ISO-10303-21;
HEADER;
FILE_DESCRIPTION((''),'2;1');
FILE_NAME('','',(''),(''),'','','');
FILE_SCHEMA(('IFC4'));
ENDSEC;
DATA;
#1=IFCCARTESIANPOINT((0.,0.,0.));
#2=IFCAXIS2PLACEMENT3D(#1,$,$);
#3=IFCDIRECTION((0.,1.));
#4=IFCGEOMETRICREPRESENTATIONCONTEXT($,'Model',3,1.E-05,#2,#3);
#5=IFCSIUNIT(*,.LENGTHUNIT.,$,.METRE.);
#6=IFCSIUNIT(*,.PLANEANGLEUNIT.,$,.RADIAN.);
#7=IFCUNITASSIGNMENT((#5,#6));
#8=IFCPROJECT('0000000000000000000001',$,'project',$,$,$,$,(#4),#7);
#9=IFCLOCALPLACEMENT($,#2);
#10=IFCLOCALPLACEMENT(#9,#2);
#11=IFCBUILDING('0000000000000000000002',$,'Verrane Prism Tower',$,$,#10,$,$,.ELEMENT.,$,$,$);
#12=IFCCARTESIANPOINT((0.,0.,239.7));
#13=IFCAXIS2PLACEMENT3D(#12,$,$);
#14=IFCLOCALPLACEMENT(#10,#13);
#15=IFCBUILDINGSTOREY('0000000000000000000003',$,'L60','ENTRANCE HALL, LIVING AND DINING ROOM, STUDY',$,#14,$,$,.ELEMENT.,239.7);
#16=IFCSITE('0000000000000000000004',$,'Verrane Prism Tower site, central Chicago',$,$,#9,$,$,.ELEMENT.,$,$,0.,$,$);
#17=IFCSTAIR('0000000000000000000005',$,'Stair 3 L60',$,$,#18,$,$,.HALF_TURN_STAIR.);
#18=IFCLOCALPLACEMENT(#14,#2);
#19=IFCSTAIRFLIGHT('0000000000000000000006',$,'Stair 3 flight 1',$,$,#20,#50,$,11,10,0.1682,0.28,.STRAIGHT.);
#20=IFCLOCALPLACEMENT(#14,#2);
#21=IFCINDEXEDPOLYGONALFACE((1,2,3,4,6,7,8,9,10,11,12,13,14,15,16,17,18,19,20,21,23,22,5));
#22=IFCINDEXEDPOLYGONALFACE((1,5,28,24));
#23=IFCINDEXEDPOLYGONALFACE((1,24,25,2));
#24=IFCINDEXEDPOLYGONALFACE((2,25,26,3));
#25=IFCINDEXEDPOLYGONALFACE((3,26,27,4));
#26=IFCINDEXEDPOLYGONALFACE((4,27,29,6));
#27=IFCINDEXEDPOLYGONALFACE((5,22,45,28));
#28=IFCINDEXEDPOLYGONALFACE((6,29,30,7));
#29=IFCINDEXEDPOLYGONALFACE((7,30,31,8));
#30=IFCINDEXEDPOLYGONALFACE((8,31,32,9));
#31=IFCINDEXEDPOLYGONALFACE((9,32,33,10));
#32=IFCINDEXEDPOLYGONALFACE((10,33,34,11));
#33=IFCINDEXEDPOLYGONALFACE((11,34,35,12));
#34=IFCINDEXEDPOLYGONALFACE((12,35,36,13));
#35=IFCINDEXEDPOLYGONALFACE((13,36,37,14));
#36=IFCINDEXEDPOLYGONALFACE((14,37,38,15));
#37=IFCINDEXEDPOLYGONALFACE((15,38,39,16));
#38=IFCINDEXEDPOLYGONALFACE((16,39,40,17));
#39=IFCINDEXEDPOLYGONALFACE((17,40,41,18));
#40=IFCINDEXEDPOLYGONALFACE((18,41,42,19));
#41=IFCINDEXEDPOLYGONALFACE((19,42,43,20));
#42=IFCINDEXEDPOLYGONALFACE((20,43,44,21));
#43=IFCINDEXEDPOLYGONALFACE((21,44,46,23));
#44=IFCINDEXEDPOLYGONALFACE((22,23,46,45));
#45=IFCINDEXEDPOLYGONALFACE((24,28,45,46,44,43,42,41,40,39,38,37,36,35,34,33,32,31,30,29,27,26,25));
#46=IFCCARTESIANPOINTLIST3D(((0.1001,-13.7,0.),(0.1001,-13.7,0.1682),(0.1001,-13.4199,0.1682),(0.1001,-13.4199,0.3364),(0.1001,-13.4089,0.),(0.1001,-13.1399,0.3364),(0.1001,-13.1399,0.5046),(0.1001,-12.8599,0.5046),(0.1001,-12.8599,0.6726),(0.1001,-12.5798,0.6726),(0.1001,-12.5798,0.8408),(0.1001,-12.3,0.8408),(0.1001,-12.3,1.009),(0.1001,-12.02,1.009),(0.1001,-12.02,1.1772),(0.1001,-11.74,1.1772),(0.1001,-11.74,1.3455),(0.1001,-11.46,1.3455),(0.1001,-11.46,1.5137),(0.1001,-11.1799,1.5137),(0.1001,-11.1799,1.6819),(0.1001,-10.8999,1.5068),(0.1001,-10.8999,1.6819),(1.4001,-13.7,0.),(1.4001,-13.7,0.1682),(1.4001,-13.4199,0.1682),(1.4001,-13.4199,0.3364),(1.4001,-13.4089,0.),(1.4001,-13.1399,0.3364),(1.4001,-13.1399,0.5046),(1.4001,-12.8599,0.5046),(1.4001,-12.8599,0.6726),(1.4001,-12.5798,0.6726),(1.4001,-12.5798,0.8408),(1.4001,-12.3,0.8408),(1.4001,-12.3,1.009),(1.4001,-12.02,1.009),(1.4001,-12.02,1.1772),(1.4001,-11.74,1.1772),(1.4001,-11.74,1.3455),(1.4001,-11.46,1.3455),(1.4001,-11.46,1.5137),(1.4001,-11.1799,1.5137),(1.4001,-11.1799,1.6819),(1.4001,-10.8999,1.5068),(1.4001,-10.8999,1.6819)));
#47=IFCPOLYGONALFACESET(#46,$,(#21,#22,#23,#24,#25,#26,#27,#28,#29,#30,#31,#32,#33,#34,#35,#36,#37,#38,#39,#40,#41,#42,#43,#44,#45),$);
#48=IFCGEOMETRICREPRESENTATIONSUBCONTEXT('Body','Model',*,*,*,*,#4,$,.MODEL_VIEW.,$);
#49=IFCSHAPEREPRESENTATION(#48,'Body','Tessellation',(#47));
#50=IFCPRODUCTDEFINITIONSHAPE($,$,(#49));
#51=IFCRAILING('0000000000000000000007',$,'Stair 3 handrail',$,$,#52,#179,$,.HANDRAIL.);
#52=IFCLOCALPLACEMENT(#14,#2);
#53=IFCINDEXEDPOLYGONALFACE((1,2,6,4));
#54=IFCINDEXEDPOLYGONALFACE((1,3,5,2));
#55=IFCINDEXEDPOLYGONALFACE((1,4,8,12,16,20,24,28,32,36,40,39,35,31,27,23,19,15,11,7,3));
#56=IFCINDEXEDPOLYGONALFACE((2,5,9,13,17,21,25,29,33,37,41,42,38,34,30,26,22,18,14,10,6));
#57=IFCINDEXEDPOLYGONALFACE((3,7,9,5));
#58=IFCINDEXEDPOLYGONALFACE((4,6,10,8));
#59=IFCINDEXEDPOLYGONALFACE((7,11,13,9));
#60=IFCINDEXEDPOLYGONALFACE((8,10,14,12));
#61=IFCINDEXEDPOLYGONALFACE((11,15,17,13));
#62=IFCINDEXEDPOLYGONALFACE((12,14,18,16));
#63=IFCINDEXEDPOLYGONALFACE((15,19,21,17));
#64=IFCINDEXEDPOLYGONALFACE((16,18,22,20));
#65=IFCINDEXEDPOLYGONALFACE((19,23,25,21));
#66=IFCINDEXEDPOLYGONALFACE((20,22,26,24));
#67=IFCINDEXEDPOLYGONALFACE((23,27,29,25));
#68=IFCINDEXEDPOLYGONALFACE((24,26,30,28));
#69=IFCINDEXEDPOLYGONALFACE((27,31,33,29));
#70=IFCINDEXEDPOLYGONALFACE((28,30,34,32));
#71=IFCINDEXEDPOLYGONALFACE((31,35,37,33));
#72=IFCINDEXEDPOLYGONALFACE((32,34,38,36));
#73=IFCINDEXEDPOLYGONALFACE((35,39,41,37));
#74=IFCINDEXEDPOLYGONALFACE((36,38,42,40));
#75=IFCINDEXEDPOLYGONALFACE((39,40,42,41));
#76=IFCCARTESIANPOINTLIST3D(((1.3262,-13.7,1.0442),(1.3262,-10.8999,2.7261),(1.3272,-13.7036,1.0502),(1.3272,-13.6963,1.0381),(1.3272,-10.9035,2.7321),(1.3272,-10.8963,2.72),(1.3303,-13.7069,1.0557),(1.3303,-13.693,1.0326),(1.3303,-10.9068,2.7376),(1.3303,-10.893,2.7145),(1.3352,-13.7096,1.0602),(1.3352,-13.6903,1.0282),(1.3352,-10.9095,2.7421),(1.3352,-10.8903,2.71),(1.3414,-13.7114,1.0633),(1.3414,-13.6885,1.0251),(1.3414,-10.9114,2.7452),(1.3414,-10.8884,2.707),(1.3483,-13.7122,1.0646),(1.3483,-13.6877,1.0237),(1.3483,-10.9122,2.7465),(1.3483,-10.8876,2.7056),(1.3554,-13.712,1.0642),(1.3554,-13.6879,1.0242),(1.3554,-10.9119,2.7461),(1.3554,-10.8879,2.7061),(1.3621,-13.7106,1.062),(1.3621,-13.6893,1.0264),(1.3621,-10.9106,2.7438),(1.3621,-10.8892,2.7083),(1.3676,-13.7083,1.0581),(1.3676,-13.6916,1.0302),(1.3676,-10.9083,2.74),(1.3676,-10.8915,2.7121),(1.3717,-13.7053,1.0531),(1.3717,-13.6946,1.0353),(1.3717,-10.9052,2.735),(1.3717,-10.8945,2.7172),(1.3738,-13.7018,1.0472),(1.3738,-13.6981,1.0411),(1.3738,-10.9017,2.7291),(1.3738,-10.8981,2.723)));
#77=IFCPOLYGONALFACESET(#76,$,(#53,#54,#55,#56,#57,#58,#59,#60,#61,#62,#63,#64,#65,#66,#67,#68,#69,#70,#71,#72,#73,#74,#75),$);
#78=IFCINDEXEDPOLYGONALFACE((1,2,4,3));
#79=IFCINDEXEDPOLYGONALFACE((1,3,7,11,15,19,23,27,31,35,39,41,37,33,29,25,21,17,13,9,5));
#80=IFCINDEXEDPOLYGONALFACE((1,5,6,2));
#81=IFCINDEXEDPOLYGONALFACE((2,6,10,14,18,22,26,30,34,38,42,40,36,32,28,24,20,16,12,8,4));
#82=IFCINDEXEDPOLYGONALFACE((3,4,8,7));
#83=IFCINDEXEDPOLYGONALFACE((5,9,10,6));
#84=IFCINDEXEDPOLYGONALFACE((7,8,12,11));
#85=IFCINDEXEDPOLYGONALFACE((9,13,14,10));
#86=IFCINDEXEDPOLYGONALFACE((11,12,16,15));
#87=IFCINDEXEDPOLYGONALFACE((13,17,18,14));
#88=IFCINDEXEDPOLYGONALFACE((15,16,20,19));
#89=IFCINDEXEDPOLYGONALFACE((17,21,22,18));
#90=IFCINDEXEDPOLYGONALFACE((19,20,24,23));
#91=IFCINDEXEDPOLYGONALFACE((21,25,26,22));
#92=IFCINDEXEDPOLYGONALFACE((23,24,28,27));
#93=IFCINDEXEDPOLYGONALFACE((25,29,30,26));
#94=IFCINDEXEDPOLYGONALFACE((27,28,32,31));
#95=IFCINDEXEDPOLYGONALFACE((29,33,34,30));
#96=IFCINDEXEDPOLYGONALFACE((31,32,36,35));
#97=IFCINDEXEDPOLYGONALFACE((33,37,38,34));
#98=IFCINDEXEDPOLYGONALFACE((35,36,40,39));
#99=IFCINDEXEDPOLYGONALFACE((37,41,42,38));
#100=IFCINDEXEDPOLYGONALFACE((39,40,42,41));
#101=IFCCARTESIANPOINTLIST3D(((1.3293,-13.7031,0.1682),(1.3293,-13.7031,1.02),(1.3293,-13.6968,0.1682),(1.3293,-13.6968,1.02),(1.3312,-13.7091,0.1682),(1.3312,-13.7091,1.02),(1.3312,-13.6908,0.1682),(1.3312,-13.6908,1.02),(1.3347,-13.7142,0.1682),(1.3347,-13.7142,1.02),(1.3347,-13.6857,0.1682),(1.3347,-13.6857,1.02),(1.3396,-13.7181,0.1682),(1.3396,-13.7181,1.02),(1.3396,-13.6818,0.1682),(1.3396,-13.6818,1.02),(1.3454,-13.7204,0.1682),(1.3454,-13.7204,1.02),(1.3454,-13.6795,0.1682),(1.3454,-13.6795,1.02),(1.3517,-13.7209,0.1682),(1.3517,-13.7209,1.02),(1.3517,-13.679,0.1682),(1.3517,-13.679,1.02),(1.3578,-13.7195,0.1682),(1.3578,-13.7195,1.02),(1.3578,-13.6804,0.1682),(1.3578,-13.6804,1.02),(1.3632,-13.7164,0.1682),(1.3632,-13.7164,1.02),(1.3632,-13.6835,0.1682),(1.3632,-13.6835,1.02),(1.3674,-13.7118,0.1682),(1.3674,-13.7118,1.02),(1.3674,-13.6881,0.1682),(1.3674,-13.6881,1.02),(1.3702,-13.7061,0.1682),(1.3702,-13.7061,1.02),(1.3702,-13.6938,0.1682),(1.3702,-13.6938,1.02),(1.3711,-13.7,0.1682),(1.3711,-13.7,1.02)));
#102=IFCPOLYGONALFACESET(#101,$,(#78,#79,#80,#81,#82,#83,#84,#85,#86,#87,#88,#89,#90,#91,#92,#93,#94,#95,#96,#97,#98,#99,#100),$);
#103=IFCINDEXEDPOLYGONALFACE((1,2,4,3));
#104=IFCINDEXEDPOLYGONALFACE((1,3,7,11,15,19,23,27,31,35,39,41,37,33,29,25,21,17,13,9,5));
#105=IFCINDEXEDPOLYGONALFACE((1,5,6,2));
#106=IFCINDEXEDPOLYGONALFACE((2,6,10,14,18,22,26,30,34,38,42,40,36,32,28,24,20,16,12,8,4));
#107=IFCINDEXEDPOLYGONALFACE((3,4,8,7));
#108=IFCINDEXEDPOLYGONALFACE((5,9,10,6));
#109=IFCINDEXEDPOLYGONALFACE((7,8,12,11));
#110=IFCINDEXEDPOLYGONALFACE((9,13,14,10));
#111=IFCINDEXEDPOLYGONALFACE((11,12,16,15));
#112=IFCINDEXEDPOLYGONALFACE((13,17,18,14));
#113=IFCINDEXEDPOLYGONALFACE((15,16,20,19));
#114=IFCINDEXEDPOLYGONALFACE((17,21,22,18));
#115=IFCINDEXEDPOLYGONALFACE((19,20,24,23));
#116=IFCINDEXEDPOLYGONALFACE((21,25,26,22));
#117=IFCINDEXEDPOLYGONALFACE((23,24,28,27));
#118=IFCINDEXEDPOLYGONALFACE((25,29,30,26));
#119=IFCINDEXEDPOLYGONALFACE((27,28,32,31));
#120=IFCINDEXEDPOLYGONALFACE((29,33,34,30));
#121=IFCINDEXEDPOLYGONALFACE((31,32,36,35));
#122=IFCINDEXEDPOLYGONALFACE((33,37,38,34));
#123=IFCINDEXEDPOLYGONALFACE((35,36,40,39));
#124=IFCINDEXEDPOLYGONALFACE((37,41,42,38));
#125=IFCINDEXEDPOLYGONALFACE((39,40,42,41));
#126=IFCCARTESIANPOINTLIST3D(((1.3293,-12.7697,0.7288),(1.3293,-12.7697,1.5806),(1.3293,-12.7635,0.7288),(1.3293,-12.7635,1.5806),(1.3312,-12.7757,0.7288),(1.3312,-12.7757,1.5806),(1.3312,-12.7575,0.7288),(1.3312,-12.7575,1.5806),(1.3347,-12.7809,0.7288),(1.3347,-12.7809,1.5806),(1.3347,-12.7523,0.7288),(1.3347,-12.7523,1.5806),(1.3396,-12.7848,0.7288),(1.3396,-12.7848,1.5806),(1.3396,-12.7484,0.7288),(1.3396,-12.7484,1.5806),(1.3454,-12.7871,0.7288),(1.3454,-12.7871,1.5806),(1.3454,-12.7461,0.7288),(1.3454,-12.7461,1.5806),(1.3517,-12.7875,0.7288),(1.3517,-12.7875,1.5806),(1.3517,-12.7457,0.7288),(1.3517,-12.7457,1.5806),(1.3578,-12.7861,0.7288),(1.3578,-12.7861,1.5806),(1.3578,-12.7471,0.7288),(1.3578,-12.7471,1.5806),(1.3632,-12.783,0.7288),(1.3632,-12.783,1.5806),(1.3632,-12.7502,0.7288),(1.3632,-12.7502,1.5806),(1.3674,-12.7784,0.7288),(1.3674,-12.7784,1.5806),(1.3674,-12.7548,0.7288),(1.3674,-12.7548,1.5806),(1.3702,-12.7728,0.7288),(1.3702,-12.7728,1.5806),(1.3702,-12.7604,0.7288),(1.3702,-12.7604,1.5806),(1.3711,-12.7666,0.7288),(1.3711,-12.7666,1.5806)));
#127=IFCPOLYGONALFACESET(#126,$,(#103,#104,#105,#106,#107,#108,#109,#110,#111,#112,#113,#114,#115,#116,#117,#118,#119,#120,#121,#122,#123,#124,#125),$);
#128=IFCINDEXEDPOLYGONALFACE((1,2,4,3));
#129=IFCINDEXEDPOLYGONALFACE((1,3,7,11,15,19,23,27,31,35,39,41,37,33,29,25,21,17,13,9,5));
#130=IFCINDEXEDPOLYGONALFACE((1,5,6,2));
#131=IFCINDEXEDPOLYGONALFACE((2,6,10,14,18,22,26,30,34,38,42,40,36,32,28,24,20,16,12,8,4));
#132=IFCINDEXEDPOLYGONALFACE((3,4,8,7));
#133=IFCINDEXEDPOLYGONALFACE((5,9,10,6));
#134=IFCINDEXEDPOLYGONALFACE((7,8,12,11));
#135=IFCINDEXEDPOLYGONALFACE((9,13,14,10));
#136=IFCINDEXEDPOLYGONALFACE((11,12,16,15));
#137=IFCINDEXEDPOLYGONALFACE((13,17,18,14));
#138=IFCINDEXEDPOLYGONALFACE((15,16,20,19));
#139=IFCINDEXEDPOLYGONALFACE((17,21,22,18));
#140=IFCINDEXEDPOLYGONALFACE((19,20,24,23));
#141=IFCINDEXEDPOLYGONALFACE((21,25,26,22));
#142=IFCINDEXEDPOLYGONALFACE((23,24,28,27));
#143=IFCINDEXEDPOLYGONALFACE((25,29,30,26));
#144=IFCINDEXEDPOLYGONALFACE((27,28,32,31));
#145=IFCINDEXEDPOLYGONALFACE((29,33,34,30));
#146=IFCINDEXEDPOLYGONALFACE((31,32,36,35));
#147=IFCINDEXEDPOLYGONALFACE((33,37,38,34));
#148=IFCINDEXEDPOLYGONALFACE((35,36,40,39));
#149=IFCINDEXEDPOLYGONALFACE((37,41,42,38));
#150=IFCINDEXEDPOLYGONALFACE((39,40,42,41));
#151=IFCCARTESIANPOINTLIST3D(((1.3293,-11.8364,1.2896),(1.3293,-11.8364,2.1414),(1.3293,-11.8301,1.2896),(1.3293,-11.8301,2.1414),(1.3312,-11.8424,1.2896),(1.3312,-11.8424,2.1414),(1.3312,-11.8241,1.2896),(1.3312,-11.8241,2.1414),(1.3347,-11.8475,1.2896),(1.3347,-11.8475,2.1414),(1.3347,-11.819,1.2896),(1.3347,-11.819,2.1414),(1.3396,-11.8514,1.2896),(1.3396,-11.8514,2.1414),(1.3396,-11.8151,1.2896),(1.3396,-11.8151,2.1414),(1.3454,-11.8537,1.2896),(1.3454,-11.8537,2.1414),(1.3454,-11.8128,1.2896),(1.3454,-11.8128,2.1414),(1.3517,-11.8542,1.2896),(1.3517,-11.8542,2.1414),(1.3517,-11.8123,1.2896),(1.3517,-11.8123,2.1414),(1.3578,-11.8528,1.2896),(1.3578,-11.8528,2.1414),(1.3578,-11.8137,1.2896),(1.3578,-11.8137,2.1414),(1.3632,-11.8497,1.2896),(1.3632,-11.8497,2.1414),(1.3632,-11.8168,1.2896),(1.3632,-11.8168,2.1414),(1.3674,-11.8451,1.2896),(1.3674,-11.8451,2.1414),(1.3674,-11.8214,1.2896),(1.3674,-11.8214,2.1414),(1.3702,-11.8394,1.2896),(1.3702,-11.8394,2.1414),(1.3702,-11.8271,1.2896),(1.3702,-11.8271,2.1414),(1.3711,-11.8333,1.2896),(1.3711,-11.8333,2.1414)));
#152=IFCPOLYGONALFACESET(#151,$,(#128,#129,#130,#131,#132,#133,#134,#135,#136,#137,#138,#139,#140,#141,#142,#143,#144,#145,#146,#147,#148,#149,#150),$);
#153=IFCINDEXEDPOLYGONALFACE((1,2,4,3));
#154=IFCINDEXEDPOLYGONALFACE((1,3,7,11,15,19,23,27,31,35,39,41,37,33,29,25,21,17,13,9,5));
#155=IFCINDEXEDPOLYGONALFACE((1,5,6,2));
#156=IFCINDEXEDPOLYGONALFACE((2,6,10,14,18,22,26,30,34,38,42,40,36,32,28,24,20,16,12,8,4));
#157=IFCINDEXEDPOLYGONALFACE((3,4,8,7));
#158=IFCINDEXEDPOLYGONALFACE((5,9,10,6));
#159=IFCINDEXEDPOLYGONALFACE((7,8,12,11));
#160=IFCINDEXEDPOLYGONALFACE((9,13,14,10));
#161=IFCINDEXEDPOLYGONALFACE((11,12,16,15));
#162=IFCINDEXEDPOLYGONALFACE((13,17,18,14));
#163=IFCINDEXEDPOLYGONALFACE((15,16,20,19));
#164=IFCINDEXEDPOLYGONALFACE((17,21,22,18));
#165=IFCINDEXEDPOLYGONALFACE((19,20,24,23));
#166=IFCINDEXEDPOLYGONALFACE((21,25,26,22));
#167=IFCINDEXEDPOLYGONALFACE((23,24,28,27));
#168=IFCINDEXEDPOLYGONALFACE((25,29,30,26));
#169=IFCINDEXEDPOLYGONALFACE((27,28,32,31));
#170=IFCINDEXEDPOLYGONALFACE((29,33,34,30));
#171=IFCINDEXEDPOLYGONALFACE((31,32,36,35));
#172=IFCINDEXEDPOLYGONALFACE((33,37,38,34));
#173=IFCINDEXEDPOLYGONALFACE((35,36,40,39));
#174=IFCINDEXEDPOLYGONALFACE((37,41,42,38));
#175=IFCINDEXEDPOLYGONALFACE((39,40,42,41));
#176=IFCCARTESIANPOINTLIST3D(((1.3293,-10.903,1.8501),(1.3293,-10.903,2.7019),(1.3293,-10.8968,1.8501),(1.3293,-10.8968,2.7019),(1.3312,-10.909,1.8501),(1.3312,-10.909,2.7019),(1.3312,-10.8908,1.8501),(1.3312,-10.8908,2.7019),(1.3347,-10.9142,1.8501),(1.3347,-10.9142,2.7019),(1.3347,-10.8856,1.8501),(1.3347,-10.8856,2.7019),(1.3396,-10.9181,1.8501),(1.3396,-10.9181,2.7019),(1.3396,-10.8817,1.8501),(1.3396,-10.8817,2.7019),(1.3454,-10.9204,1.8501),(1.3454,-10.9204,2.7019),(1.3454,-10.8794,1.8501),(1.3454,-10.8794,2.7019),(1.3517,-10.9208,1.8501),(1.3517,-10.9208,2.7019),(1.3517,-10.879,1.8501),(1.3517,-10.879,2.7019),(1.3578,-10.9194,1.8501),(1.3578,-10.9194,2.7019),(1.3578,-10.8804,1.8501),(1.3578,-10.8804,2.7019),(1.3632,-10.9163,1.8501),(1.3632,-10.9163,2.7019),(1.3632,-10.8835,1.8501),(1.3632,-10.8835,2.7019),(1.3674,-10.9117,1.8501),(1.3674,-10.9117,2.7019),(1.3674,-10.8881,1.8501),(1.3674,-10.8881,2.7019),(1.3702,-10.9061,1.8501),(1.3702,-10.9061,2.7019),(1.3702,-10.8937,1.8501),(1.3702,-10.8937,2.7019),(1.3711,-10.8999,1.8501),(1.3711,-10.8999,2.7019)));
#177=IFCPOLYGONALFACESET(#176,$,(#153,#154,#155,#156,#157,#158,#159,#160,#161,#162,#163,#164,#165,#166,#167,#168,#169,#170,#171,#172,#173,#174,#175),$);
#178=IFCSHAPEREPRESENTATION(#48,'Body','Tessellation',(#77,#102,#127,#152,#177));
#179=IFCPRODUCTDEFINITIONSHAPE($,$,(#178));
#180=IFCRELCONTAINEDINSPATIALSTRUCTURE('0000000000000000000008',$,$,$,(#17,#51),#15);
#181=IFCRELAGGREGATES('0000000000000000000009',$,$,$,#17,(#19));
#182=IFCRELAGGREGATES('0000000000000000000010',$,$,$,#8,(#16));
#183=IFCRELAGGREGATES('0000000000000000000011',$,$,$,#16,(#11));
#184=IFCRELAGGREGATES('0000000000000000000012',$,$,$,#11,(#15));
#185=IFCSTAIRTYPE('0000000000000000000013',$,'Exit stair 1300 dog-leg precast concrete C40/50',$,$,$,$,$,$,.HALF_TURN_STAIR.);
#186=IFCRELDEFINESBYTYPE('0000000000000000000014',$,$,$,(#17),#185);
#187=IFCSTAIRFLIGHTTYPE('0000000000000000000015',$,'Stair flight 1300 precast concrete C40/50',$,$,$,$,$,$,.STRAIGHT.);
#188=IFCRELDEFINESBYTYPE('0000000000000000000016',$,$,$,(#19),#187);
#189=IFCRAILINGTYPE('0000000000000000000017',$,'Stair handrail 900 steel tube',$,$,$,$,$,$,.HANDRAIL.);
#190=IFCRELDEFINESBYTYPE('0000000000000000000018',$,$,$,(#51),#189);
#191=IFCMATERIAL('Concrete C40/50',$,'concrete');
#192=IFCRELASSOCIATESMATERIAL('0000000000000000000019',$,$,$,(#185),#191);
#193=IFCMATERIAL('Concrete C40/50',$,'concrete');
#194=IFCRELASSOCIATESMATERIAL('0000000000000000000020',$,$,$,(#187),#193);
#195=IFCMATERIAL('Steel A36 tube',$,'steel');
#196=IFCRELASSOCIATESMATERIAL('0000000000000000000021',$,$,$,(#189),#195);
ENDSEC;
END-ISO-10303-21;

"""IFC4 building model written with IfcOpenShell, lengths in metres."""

from ifc_helpers import new_model, si_unit, direction, frame, origin, origin_2d, place, context, subcontext, project, spatial, polyline, circle, outline, extrude, material, type_object, element, aggregate, save


model = new_model("IFC4")

# Units and contexts
model_context = context("Model", 3, precision=1e-05, world=origin(), true_north=direction((0.0, 1.0)))
body_context = subcontext(model_context, "Body", "Model", "MODEL_VIEW")
ifc_project = project(units=[si_unit("LENGTHUNIT", "METRE"), si_unit("PLANEANGLEUNIT", "RADIAN")], contexts=[model_context])

# Site, building, storey
site_placement = place(None, origin())
site = spatial("IfcSite", under=ifc_project, at=site_placement, Name="Verrane Prism Tower site, central Chicago", CompositionType="ELEMENT", RefElevation=0.0)
building_placement = place(site_placement, origin())
building = spatial("IfcBuilding", under=site, at=building_placement, Name="Verrane Prism Tower", CompositionType="ELEMENT")
storey_placement = place(building_placement, frame((0.0, 0.0, 239.7)))
storey = spatial("IfcBuildingStorey", under=building, at=storey_placement, Name="L60", Description="ENTRANCE HALL, LIVING AND DINING ROOM, STUDY", CompositionType="ELEMENT", Elevation=239.7)

# Stair, stair flight
ifc_material_1 = material(Name="Concrete C40/50", Category="concrete")
stair_type = type_object("IfcStairType", Name="Exit stair 1300 dog-leg precast concrete C40/50", PredefinedType="HALF_TURN_STAIR", material=ifc_material_1)
stair_placement = place(storey_placement, origin())
stair = element("IfcStair", 1, at=stair_placement, inside=storey, type_object=stair_type, Name="Stair 3 L60", PredefinedType="HALF_TURN_STAIR")
ifc_material_2 = material(Name="Concrete C40/50", Category="concrete")
stair_flight_type = type_object("IfcStairFlightType", Name="Stair flight 1300 precast concrete C40/50", PredefinedType="STRAIGHT", material=ifc_material_2)
stair_flight_placement = place(storey_placement, frame((0.75, -13.7, 0.0), z_axis=(0.0, 0.0, 1.0), x_axis=(0.0, 1.0, 0.0)))
stair_flight = element("IfcStairFlight", 2, at=stair_flight_placement, type_object=stair_flight_type, Name="Stair 3 flight 1", NumberOfRisers=11, NumberOfTreads=10, PredefinedType="STRAIGHT", RiserHeight=0.1682, TreadLength=0.28, context=body_context, shape_type="SweptSolid", body=[
    extrude(outline(polyline([(0.0, 0.0), (0.0, 0.1682), (0.28, 0.1682), (0.28, 0.3364), (0.5601, 0.3364), (0.5601, 0.5046), (0.8401, 0.5046), (0.8401, 0.6726), (1.1201, 0.6726), (1.1201, 0.8408), (1.3999, 0.8408), (1.3999, 1.009), (1.6799, 1.009), (1.6799, 1.1772), (1.96, 1.1772), (1.96, 1.3455), (2.24, 1.3455), (2.24, 1.5137), (2.52, 1.5137), (2.52, 1.6819), (2.8, 1.6819), (2.8, 1.8501), (2.8, 1.5068), (0.291, 0.0), (0.0, 0.0)])), frame((0.0, 0.6499, 0.0), z_axis=(0.0, -1.0, 0.0), x_axis=(1.0, 0.0, 0.0)), (0.0, 0.0, 1.0), 1.3),
])
aggregate(stair, [stair_flight])

# Railing
ifc_material_3 = material(Name="Steel A36 tube", Category="steel")
railing_type_1 = type_object("IfcRailingType", Name="Stair handrail 900 steel tube", PredefinedType="HANDRAIL", material=ifc_material_3)
railing_1_placement = place(storey_placement, frame((1.3501, -13.7, 0.1682)))
element("IfcRailing", 3, at=railing_1_placement, inside=storey, type_object=railing_type_1, Name="Stair 3 handrail", PredefinedType="HANDRAIL", context=body_context, shape_type="SweptSolid", body=[
    extrude(circle(Radius=0.0239, at=origin_2d()), frame((0.0, 0.0, 0.876), z_axis=(0.0, 0.857242, 0.514913), x_axis=(-1.0, 0.0, 0.0)), (0.0, 0.0, 1.0), 3.2664),
    extrude(circle(Radius=0.021, at=origin_2d()), origin(), (0.0, 0.0, 1.0), 0.8518),
    extrude(circle(Radius=0.021, at=origin_2d()), frame((0.0, 0.9333, 0.5605)), (0.0, 0.0, 1.0), 0.8518),
    extrude(circle(Radius=0.021, at=origin_2d()), frame((0.0, 1.8667, 1.1213)), (0.0, 0.0, 1.0), 0.8518),
    extrude(circle(Radius=0.021, at=origin_2d()), frame((0.0, 2.8, 1.6819)), (0.0, 0.0, 1.0), 0.8518),
])

save(model, "model.ifc")
